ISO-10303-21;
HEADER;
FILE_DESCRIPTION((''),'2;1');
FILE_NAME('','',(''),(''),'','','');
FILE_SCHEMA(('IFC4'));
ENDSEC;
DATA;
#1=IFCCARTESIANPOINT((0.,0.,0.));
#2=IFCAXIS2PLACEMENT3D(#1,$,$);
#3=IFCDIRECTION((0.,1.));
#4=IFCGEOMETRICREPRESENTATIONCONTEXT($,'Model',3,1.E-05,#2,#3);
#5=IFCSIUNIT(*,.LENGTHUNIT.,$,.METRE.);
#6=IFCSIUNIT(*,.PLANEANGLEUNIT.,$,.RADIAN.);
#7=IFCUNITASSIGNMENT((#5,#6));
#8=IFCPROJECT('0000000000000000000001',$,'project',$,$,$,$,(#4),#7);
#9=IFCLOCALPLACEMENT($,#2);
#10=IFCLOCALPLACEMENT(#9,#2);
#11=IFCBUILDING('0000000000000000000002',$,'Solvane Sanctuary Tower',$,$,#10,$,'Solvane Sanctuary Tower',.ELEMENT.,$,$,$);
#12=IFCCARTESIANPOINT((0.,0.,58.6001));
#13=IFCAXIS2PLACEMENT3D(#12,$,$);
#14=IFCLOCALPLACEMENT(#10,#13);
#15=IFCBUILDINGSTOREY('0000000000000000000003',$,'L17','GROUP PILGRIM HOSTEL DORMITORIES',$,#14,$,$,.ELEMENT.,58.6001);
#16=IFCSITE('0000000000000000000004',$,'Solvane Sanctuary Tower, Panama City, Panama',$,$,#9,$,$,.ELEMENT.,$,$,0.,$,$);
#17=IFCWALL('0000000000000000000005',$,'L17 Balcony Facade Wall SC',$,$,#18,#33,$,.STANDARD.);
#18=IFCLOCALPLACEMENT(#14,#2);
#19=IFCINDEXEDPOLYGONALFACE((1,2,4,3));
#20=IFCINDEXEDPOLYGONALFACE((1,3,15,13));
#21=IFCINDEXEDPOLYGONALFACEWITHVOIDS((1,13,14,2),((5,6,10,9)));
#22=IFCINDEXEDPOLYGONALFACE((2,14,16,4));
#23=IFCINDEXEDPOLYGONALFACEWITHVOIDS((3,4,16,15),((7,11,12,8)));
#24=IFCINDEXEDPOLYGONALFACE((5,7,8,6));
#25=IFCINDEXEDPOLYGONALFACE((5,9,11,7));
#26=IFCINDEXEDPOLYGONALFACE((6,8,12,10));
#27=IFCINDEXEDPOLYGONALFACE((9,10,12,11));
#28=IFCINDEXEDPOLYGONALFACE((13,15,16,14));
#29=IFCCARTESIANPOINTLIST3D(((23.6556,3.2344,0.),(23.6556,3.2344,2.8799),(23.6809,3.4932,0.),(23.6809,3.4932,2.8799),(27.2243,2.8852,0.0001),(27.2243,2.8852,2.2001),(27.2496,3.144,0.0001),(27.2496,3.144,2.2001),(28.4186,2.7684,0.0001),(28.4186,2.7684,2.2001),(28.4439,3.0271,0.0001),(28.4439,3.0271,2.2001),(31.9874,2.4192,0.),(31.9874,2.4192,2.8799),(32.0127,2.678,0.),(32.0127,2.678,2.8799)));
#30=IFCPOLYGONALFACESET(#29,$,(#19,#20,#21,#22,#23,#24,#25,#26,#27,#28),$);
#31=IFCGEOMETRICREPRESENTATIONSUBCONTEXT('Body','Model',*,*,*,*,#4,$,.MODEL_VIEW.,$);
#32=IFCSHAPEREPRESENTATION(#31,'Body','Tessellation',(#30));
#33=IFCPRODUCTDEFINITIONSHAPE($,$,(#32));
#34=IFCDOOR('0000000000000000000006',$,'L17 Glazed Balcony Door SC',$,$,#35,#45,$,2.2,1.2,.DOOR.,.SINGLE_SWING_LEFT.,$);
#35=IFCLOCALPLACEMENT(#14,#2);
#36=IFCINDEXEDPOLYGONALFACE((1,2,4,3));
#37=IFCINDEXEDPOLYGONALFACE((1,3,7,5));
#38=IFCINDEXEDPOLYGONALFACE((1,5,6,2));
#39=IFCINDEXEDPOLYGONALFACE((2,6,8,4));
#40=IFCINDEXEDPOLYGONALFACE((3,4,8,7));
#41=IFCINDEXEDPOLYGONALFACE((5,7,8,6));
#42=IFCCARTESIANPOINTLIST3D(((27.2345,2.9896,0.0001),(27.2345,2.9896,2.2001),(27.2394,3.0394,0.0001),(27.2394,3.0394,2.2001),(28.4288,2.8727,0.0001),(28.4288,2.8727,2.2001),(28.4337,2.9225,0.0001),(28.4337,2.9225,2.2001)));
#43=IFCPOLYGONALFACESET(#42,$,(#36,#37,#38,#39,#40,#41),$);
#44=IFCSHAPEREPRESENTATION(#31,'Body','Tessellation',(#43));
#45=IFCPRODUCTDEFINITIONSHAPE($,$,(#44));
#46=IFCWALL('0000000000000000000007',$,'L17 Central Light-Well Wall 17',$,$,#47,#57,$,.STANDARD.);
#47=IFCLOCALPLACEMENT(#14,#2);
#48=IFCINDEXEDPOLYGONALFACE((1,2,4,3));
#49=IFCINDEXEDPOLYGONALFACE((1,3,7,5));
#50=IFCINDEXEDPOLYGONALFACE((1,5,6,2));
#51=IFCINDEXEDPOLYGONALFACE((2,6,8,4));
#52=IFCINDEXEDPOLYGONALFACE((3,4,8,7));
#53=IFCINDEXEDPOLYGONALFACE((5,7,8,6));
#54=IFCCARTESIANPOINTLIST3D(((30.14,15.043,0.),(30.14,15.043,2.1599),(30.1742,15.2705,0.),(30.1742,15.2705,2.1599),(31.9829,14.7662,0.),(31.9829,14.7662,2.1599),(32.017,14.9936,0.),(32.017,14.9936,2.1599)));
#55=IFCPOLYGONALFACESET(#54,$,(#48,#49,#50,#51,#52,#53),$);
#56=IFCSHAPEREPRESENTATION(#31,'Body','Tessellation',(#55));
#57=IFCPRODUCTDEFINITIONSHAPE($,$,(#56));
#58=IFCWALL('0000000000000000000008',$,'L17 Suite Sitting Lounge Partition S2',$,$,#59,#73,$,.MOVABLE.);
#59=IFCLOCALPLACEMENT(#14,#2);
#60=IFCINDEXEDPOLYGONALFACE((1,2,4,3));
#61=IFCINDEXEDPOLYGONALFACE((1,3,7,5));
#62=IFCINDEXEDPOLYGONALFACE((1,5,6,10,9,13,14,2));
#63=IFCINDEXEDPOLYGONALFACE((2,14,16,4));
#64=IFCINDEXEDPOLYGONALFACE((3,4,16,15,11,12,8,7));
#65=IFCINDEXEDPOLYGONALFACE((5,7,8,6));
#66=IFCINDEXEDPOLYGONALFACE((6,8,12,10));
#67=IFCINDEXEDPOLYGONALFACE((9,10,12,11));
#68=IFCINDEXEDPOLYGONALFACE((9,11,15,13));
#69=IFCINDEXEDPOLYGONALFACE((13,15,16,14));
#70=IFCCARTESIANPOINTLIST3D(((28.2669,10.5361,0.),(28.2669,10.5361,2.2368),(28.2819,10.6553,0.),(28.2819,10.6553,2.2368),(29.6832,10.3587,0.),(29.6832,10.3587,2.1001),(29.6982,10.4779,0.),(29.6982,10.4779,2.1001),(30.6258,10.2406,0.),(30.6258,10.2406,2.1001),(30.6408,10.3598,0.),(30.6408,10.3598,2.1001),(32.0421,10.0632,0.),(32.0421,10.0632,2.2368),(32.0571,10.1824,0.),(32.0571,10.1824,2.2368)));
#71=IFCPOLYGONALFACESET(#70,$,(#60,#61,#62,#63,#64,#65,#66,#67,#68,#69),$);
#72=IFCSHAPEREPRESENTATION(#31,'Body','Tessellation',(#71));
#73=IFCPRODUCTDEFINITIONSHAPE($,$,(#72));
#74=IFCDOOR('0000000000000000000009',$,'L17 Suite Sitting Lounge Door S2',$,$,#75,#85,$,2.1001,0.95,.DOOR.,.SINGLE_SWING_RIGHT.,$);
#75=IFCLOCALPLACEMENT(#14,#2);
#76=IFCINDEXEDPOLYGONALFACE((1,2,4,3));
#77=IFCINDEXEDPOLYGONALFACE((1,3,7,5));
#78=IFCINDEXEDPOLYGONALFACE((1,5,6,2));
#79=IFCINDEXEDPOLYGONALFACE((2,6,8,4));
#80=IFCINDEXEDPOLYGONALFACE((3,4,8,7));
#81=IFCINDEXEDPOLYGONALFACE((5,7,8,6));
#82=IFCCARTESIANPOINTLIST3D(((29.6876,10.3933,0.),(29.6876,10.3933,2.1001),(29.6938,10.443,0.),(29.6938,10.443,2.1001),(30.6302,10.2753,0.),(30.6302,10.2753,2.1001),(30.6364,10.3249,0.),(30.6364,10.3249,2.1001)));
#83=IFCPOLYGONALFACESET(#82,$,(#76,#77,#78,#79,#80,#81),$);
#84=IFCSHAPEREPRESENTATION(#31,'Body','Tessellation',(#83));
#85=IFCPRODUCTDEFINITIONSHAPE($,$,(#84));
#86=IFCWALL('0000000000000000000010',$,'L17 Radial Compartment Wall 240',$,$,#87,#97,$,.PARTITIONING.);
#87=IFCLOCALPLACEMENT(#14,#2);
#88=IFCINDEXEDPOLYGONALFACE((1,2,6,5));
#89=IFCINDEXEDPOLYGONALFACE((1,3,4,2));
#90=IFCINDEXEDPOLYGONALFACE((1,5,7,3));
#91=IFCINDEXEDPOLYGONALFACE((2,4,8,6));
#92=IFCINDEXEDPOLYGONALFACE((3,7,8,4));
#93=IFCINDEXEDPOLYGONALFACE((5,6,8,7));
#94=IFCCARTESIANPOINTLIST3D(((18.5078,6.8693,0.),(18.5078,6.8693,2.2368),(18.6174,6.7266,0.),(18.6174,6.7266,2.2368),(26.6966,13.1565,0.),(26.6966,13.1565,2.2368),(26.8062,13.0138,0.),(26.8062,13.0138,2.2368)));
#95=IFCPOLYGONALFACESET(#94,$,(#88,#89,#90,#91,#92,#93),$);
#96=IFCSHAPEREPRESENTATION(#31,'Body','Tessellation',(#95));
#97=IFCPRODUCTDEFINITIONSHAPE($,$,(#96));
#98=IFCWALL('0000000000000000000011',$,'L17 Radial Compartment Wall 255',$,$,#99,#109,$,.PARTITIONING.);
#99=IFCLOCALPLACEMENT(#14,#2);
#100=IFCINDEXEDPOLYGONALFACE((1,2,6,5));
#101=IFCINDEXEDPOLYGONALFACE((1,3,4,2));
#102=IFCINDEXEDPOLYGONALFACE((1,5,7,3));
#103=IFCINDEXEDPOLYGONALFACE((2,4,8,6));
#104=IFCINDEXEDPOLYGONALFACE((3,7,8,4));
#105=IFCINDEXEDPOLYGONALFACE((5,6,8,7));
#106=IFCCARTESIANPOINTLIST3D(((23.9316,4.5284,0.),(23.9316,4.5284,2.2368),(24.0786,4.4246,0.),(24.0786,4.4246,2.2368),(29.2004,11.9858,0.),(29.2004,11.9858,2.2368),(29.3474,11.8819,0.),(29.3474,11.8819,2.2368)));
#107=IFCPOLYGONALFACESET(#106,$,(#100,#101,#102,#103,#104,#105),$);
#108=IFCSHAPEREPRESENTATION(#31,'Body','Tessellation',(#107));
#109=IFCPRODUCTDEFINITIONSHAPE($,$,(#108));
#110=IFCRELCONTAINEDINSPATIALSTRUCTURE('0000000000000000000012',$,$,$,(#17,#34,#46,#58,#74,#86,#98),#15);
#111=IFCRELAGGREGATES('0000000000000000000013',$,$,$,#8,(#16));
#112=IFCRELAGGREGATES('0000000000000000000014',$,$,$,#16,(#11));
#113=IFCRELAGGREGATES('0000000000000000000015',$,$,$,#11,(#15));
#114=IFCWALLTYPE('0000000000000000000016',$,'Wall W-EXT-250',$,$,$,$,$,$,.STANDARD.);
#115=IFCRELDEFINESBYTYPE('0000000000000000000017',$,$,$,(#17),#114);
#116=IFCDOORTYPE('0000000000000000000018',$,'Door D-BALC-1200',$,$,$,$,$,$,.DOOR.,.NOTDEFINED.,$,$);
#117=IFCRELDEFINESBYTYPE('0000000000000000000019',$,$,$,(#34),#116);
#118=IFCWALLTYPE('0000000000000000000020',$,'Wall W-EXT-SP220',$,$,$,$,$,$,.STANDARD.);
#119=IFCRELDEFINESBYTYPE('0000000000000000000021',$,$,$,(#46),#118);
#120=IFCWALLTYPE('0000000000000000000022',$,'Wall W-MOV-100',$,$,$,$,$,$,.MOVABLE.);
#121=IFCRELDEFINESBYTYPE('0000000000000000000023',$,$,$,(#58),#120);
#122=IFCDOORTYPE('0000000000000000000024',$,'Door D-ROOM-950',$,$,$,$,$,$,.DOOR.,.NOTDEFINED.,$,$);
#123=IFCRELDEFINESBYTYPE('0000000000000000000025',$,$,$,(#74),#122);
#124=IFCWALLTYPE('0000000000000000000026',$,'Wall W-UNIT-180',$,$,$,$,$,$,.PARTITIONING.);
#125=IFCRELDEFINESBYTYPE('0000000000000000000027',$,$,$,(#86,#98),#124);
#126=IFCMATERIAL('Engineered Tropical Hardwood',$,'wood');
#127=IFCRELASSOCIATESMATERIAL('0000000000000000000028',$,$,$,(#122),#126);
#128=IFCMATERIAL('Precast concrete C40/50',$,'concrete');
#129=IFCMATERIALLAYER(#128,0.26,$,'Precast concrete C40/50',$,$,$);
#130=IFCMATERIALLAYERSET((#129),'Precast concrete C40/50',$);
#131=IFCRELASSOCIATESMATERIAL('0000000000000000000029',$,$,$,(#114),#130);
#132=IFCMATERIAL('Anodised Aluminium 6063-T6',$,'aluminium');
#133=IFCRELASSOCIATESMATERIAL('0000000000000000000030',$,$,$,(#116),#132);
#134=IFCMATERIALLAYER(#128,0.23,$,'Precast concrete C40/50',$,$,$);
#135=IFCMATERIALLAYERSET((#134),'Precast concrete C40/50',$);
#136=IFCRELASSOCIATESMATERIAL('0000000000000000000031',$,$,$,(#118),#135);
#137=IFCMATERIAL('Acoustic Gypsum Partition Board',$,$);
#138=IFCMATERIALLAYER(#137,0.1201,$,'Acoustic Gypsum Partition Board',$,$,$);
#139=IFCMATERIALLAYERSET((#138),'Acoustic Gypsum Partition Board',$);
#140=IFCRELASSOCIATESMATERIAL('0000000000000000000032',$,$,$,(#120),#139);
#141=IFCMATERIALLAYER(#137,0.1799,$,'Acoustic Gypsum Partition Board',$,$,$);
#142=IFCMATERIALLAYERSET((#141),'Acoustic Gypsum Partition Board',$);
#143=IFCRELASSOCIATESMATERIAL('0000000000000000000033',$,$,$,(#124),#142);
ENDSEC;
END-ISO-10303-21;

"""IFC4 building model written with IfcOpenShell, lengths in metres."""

from ifc_helpers import new_model, si_unit, direction, frame, frame_2d, origin, place, context, subcontext, project, spatial, rectangle, extrude, material, layer, layer_set, type_object, element, fill, save


model = new_model("IFC4")

# Units and contexts
model_context = context("Model", 3, precision=1e-05, world=origin(), true_north=direction((0.0, 1.0)))
body_context = subcontext(model_context, "Body", "Model", "MODEL_VIEW")
ifc_project = project(units=[si_unit("LENGTHUNIT", "METRE"), si_unit("PLANEANGLEUNIT", "RADIAN")], contexts=[model_context])

# Site, building, storey
site_placement = place(None, origin())
site = spatial("IfcSite", under=ifc_project, at=site_placement, Name="Solvane Sanctuary Tower, Panama City, Panama", CompositionType="ELEMENT", RefElevation=0.0)
building_placement = place(site_placement, origin())
building = spatial("IfcBuilding", under=site, at=building_placement, Name="Solvane Sanctuary Tower", LongName="Solvane Sanctuary Tower", CompositionType="ELEMENT")
storey_placement = place(building_placement, frame((0.0, 0.0, 58.6001)))
storey = spatial("IfcBuildingStorey", under=building, at=storey_placement, Name="L17", Description="GROUP PILGRIM HOSTEL DORMITORIES", CompositionType="ELEMENT", Elevation=58.6001)

# Shared definitions
ifc_material_1 = material(Name="Acoustic Gypsum Partition Board")

# Wall, opening, door
ifc_material_2 = material(Name="Engineered Tropical Hardwood", Category="wood")
door_type_1 = type_object("IfcDoorType", Name="Door D-ROOM-950", OperationType="NOTDEFINED", PredefinedType="DOOR", material=ifc_material_2)
ifc_material_3 = material(Name="Precast concrete C40/50", Category="concrete")
ifc_layer_1 = layer(ifc_material_3, 0.26, Name="Precast concrete C40/50")
ifc_layer_set_1 = layer_set([ifc_layer_1], Name="Precast concrete C40/50")
wall_type_1 = type_object("IfcWallType", Name="Wall W-EXT-250", PredefinedType="STANDARD", material=ifc_layer_set_1)
wall_1_placement = place(storey_placement, frame((23.6682, 3.3638, 0.0), z_axis=(0.0, 0.0, 1.0), x_axis=(0.995248, -0.097375, 0.0)))
wall_1 = element("IfcWall", 1, at=wall_1_placement, inside=storey, type_object=wall_type_1, Name="L17 Balcony Facade Wall SC", PredefinedType="STANDARD", context=body_context, shape_type="SweptSolid", body=[
    extrude(rectangle(XDim=8.3716, YDim=0.26, at=frame_2d((4.1858, 0.0))), origin(), (0.0, 0.0, 1.0), 2.8799),
])
opening_1_placement = place(wall_1_placement, frame((3.5857, 0.0, 0.0)))
opening_1 = element("IfcOpeningElement", 2, at=opening_1_placement, cuts=wall_1, PredefinedType="OPENING", context=body_context, shape_type="SweptSolid", body=[
    extrude(rectangle(XDim=1.2, YDim=2.2, at=frame_2d((0.6001, 1.1001))), frame((0.0, 0.1399, 0.0), z_axis=(0.0, -1.0, 0.0), x_axis=(1.0, 0.0, 0.0)), (0.0, 0.0, 1.0), 0.28),
])
ifc_material_4 = material(Name="Anodised Aluminium 6063-T6", Category="aluminium")
door_type_2 = type_object("IfcDoorType", Name="Door D-BALC-1200", OperationType="NOTDEFINED", PredefinedType="DOOR", material=ifc_material_4)
door_1_placement = place(opening_1_placement, origin())
door_1 = element("IfcDoor", 3, at=door_1_placement, inside=storey, type_object=door_type_2, Name="L17 Glazed Balcony Door SC", OperationType="SINGLE_SWING_LEFT", OverallHeight=2.2, OverallWidth=1.2, PredefinedType="DOOR", context=body_context, shape_type="SweptSolid", body=[
    extrude(rectangle(XDim=1.2, YDim=2.2, at=frame_2d((0.6001, 1.1001))), frame((0.0, 0.0249, 0.0), z_axis=(0.0, -1.0, 0.0), x_axis=(1.0, 0.0, 0.0)), (0.0, 0.0, 1.0), 0.05),
])
fill(opening_1, door_1)

# Wall
ifc_layer_2 = layer(ifc_material_3, 0.23, Name="Precast concrete C40/50")
ifc_layer_set_2 = layer_set([ifc_layer_2], Name="Precast concrete C40/50")
wall_type_2 = type_object("IfcWallType", Name="Wall W-EXT-SP220", PredefinedType="STANDARD", material=ifc_layer_set_2)
wall_2_placement = place(storey_placement, frame((30.1572, 15.1567, 0.0), z_axis=(0.0, 0.0, 1.0), x_axis=(0.988902, -0.148571, 0.0)))
element("IfcWall", 4, at=wall_2_placement, inside=storey, type_object=wall_type_2, Name="L17 Central Light-Well Wall 17", PredefinedType="STANDARD", context=body_context, shape_type="SweptSolid", body=[
    extrude(rectangle(XDim=1.8635, YDim=0.23, at=frame_2d((0.9316, 0.0))), origin(), (0.0, 0.0, 1.0), 2.1599),
])

# Wall, opening, door
ifc_layer_3 = layer(ifc_material_1, 0.1201, Name="Acoustic Gypsum Partition Board")
ifc_layer_set_3 = layer_set([ifc_layer_3], Name="Acoustic Gypsum Partition Board")
wall_type_3 = type_object("IfcWallType", Name="Wall W-MOV-100", PredefinedType="MOVABLE", material=ifc_layer_set_3)
wall_3_placement = place(storey_placement, frame((28.2744, 10.5957, 0.0), z_axis=(0.0, 0.0, 1.0), x_axis=(0.992245, -0.124295, 0.0)))
wall_3 = element("IfcWall", 5, at=wall_3_placement, inside=storey, type_object=wall_type_3, Name="L17 Suite Sitting Lounge Partition S2", PredefinedType="MOVABLE", context=body_context, shape_type="SweptSolid", body=[
    extrude(rectangle(XDim=3.8047, YDim=0.1201, at=frame_2d((1.9023, 0.0))), origin(), (0.0, 0.0, 1.0), 2.2368),
])
opening_2_placement = place(wall_3_placement, frame((1.4272, 0.0, 0.0)))
opening_2 = element("IfcOpeningElement", 6, at=opening_2_placement, cuts=wall_3, PredefinedType="OPENING", context=body_context, shape_type="SweptSolid", body=[
    extrude(rectangle(XDim=0.95, YDim=2.1001, at=frame_2d((0.4751, 1.05))), frame((0.0, 0.0701, 0.0), z_axis=(0.0, -1.0, 0.0), x_axis=(1.0, 0.0, 0.0)), (0.0, 0.0, 1.0), 0.1401),
])
door_2_placement = place(opening_2_placement, origin())
door_2 = element("IfcDoor", 7, at=door_2_placement, inside=storey, type_object=door_type_1, Name="L17 Suite Sitting Lounge Door S2", OperationType="SINGLE_SWING_RIGHT", OverallHeight=2.1001, OverallWidth=0.95, PredefinedType="DOOR", context=body_context, shape_type="SweptSolid", body=[
    extrude(rectangle(XDim=0.95, YDim=2.1001, at=frame_2d((0.4751, 1.05))), frame((0.0, 0.0249, 0.0), z_axis=(0.0, -1.0, 0.0), x_axis=(1.0, 0.0, 0.0)), (0.0, 0.0, 1.0), 0.05),
])
fill(opening_2, door_2)

# Walls
ifc_layer_4 = layer(ifc_material_1, 0.1799, Name="Acoustic Gypsum Partition Board")
ifc_layer_set_4 = layer_set([ifc_layer_4], Name="Acoustic Gypsum Partition Board")
wall_type_4 = type_object("IfcWallType", Name="Wall W-UNIT-180", PredefinedType="PARTITIONING", material=ifc_layer_set_4)
wall_4_placement = place(storey_placement, frame((26.7515, 13.0852, 0.0), z_axis=(0.0, 0.0, 1.0), x_axis=(-0.793181, -0.608986, 0.0)))
element("IfcWall", 8, at=wall_4_placement, inside=storey, type_object=wall_type_4, Name="L17 Radial Compartment Wall 240", PredefinedType="PARTITIONING", context=body_context, shape_type="SweptSolid", body=[
    extrude(rectangle(XDim=10.324, YDim=0.1799, at=frame_2d((5.1621, 0.0))), origin(), (0.0, 0.0, 1.0), 2.2368),
])
wall_5_placement = place(storey_placement, frame((29.2739, 11.9338, 0.0), z_axis=(0.0, 0.0, 1.0), x_axis=(-0.577037, -0.816718, 0.0)))
element("IfcWall", 9, at=wall_5_placement, inside=storey, type_object=wall_type_4, Name="L17 Radial Compartment Wall 255", PredefinedType="PARTITIONING", context=body_context, shape_type="SweptSolid", body=[
    extrude(rectangle(XDim=9.1309, YDim=0.1799, at=frame_2d((4.5654, 0.0))), origin(), (0.0, 0.0, 1.0), 2.2368),
])

save(model, "model.ifc")
